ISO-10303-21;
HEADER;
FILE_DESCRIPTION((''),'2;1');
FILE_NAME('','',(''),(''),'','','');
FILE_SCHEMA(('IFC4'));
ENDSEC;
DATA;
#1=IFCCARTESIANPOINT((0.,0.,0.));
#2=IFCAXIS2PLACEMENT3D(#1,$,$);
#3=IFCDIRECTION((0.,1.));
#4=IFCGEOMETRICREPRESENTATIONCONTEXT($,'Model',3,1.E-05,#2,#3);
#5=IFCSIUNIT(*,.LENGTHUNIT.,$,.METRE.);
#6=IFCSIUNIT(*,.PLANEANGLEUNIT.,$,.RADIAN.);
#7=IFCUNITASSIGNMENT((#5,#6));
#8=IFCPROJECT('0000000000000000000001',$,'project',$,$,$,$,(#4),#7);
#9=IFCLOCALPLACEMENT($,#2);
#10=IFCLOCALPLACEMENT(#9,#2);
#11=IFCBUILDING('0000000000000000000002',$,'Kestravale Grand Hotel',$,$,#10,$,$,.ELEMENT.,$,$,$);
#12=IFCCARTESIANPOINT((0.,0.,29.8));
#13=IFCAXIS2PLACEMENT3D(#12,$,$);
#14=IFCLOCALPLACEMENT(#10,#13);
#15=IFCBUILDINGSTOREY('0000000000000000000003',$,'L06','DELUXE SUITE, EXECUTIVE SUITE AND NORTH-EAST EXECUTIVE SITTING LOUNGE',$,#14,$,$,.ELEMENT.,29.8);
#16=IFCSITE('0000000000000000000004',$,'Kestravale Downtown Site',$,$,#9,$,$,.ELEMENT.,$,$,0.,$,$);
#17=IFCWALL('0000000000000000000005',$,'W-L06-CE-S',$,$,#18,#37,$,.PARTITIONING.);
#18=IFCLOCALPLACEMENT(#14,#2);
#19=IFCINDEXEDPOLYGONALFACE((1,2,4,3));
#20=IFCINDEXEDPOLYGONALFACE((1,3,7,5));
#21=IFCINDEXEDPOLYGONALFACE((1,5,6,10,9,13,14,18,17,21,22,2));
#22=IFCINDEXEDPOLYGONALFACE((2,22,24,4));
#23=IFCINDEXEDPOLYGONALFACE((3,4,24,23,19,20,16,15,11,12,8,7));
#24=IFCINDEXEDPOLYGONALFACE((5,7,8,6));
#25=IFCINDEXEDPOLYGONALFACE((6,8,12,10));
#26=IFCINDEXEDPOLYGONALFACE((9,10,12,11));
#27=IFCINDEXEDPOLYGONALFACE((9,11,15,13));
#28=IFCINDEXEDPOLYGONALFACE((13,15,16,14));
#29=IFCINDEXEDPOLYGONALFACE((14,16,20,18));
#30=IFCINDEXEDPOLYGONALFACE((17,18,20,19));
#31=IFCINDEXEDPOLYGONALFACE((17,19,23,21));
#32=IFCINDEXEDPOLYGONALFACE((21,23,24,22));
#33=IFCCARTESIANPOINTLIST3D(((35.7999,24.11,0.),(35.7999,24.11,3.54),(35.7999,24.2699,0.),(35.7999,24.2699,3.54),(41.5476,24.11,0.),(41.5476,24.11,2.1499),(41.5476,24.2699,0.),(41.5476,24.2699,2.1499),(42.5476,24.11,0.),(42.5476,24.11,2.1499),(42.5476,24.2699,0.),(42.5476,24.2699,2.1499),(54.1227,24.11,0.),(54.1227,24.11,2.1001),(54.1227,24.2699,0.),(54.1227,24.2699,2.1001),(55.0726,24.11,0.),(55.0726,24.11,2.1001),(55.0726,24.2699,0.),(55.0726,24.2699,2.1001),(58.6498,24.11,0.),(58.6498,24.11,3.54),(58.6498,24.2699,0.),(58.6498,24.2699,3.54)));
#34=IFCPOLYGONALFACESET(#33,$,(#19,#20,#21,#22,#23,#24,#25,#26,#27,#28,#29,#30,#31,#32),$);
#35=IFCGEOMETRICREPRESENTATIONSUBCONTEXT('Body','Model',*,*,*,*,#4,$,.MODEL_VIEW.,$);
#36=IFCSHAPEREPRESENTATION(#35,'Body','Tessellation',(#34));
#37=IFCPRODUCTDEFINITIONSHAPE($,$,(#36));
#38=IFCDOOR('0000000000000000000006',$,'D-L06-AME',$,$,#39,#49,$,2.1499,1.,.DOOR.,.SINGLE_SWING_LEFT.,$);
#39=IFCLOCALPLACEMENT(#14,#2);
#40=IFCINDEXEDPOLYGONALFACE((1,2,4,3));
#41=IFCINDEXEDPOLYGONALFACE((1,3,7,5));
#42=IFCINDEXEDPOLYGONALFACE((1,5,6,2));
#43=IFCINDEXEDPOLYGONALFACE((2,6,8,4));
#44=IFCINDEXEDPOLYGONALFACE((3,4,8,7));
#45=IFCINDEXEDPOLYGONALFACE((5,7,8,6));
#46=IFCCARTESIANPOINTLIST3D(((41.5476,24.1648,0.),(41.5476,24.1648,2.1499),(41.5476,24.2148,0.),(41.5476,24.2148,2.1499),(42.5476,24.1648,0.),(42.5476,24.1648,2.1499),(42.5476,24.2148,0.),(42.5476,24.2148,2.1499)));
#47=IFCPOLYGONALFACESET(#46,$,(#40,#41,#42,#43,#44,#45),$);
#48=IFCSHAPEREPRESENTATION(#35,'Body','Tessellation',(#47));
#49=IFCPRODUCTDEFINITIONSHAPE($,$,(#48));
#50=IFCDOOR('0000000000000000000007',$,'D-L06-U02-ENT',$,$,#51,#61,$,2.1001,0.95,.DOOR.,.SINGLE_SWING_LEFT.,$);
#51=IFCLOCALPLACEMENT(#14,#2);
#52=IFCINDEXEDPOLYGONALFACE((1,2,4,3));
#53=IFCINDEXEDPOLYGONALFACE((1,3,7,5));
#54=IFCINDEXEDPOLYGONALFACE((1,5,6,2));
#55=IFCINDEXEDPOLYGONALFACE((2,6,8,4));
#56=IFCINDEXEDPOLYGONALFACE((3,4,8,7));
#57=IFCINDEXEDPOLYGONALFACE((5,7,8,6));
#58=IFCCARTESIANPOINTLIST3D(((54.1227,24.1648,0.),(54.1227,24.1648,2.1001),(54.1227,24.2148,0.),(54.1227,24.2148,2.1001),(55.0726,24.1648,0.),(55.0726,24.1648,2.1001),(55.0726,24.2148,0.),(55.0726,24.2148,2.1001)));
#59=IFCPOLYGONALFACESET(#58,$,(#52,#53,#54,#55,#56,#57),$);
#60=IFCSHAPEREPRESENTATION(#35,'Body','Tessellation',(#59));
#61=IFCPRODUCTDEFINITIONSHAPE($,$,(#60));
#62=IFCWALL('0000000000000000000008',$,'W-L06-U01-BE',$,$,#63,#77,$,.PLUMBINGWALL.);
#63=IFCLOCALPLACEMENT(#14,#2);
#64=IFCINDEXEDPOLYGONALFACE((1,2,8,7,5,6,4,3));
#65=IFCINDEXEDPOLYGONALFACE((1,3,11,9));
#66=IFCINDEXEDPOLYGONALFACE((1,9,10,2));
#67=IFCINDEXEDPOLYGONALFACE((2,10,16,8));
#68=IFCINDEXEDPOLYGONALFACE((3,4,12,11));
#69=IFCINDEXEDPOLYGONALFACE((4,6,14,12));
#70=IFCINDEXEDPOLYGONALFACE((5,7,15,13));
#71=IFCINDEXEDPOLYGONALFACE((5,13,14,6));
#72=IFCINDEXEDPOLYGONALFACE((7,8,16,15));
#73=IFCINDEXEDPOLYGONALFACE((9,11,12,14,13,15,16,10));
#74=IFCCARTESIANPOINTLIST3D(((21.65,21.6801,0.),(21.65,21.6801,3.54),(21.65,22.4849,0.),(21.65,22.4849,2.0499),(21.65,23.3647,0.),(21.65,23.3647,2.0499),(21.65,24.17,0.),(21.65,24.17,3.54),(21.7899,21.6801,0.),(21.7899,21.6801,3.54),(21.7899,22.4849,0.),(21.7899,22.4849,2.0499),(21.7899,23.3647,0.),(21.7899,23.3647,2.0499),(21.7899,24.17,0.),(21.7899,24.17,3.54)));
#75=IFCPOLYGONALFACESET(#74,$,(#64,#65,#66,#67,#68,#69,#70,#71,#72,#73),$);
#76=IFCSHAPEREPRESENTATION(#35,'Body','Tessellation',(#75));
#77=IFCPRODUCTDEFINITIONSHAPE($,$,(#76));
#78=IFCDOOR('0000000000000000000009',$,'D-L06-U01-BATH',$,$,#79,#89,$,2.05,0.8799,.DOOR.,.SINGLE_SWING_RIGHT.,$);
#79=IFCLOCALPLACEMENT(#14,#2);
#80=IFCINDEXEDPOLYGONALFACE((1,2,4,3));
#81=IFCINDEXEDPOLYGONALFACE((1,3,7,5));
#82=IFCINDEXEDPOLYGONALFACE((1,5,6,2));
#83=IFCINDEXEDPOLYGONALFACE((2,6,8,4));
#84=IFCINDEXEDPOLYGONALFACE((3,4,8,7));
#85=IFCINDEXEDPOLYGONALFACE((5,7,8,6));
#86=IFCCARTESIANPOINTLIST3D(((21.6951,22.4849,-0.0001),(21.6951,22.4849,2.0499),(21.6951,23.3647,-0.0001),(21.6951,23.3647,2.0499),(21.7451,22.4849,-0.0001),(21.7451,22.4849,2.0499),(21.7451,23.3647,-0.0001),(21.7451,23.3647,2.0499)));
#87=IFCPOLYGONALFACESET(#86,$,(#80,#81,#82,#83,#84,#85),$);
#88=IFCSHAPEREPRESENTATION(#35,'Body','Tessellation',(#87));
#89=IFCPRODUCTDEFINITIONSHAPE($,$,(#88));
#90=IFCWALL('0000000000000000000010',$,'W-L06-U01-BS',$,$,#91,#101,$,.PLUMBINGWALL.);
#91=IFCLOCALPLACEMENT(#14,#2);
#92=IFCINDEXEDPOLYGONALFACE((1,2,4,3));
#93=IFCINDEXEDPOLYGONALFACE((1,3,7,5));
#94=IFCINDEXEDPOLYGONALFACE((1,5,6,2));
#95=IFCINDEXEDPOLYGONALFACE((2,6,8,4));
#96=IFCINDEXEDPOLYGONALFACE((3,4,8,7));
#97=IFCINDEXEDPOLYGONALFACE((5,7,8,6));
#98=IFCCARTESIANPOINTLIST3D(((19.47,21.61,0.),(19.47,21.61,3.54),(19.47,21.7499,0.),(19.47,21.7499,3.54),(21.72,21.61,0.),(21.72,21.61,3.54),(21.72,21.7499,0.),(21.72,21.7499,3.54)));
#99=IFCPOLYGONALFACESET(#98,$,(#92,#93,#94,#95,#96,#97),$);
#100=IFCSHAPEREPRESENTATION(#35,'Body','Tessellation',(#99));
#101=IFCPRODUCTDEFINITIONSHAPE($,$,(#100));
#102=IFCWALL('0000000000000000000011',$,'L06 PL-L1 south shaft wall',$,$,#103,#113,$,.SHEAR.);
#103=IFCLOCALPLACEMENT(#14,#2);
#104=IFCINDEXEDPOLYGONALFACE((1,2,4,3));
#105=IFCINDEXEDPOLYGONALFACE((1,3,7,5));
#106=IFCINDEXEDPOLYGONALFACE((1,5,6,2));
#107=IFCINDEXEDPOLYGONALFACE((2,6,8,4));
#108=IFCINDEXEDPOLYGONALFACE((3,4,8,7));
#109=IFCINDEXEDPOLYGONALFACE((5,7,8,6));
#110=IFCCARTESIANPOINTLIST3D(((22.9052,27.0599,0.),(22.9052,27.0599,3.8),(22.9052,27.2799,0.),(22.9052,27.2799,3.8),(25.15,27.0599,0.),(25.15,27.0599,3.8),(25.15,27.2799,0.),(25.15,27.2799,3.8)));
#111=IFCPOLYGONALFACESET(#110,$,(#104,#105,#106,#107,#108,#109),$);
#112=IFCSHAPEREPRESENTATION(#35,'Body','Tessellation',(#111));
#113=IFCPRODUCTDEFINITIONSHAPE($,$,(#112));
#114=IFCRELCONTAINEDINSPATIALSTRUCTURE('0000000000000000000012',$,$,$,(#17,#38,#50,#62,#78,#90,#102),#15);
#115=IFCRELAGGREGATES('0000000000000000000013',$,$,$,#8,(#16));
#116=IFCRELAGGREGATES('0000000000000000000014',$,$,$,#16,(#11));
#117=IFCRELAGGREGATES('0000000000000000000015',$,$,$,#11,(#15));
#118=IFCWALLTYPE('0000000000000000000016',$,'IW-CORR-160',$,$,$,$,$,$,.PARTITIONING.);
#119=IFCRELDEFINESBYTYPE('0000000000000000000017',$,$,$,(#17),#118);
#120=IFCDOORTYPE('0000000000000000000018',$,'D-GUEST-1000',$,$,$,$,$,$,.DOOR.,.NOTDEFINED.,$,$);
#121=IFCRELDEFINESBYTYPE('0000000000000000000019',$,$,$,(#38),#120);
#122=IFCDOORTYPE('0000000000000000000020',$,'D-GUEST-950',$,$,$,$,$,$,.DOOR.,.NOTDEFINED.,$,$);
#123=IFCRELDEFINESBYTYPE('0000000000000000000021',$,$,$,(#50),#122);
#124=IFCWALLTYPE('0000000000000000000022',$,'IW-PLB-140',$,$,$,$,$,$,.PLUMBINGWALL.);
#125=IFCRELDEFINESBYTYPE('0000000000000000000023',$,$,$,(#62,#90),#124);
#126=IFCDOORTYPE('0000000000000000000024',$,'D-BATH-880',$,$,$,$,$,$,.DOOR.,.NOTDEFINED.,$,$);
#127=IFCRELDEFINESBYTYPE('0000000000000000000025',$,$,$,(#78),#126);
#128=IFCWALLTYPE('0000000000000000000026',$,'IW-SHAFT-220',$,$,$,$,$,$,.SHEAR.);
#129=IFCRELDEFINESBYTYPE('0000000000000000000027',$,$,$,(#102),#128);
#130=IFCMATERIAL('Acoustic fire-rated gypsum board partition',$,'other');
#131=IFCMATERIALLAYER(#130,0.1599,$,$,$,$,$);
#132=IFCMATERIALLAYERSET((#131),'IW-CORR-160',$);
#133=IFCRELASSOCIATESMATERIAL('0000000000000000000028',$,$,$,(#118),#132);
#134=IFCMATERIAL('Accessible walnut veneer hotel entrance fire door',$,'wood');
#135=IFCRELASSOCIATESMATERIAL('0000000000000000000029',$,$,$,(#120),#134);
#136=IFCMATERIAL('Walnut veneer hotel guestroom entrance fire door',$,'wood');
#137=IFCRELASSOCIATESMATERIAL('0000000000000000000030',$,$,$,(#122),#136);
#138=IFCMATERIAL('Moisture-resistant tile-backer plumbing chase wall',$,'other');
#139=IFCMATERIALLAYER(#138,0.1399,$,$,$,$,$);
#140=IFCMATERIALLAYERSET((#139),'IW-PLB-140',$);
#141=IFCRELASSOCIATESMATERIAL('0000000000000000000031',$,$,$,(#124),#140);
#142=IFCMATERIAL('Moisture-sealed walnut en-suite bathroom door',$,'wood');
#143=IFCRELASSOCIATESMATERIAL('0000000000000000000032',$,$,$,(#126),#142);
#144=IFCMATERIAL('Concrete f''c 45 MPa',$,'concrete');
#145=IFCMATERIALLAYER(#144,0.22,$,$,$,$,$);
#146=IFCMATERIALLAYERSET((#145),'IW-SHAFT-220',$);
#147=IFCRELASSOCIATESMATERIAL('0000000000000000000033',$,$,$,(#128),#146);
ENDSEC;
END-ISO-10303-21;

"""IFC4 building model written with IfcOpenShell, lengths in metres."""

from ifc_helpers import new_model, si_unit, direction, frame, frame_2d, origin, place, context, subcontext, project, spatial, rectangle, extrude, material, layer, layer_set, type_object, element, fill, save


model = new_model("IFC4")

# Units and contexts
model_context = context("Model", 3, precision=1e-05, world=origin(), true_north=direction((0.0, 1.0)))
body_context = subcontext(model_context, "Body", "Model", "MODEL_VIEW")
ifc_project = project(units=[si_unit("LENGTHUNIT", "METRE"), si_unit("PLANEANGLEUNIT", "RADIAN")], contexts=[model_context])

# Site, building, storey
site_placement = place(None, origin())
site = spatial("IfcSite", under=ifc_project, at=site_placement, Name="Kestravale Downtown Site", CompositionType="ELEMENT", RefElevation=0.0)
building_placement = place(site_placement, origin())
building = spatial("IfcBuilding", under=site, at=building_placement, Name="Kestravale Grand Hotel", CompositionType="ELEMENT")
storey_placement = place(building_placement, frame((0.0, 0.0, 29.8)))
storey = spatial("IfcBuildingStorey", under=building, at=storey_placement, Name="L06", Description="DELUXE SUITE, EXECUTIVE SUITE AND NORTH-EAST EXECUTIVE SITTING LOUNGE", CompositionType="ELEMENT", Elevation=29.8)

# Shared definitions
ifc_material_1 = material(Name="Acoustic fire-rated gypsum board partition", Category="other")
ifc_layer_1 = layer(ifc_material_1, 0.1599)
ifc_layer_set_1 = layer_set([ifc_layer_1], Name="IW-CORR-160")
wall_type_1 = type_object("IfcWallType", Name="IW-CORR-160", PredefinedType="PARTITIONING", material=ifc_layer_set_1)

# Wall, openings, doors
wall_1_placement = place(storey_placement, frame((35.8, 24.1899, 0.0), z_axis=(0.0, 0.0, 1.0), x_axis=(1.0, 0.0, 0.0)))
wall_1 = element("IfcWall", 1, at=wall_1_placement, inside=storey, type_object=wall_type_1, Name="W-L06-CE-S", PredefinedType="PARTITIONING", context=body_context, shape_type="SweptSolid", body=[
    extrude(rectangle(XDim=22.8499, YDim=0.1599, at=frame_2d((11.4248, 0.0))), origin(), (0.0, 0.0, 1.0), 3.54),
])
opening_1_placement = place(wall_1_placement, frame((5.7476, 0.0, 0.0)))
opening_1 = element("IfcOpeningElement", 2, at=opening_1_placement, cuts=wall_1, PredefinedType="OPENING", context=body_context, shape_type="SweptSolid", body=[
    extrude(rectangle(XDim=1.0, YDim=2.1499, at=frame_2d((0.5, 1.075))), frame((0.0, 0.0898, 0.0), z_axis=(0.0, -1.0, 0.0), x_axis=(1.0, 0.0, 0.0)), (0.0, 0.0, 1.0), 0.1799),
])
opening_2_placement = place(wall_1_placement, frame((18.3225, 0.0, 0.0)))
opening_2 = element("IfcOpeningElement", 3, at=opening_2_placement, cuts=wall_1, PredefinedType="OPENING", context=body_context, shape_type="SweptSolid", body=[
    extrude(rectangle(XDim=0.95, YDim=2.1001, at=frame_2d((0.4751, 1.05))), frame((0.0, 0.0898, 0.0), z_axis=(0.0, -1.0, 0.0), x_axis=(1.0, 0.0, 0.0)), (0.0, 0.0, 1.0), 0.1799),
])
ifc_material_2 = material(Name="Accessible walnut veneer hotel entrance fire door", Category="wood")
door_type_1 = type_object("IfcDoorType", Name="D-GUEST-1000", OperationType="NOTDEFINED", PredefinedType="DOOR", material=ifc_material_2)
door_1_placement = place(opening_1_placement, origin())
door_1 = element("IfcDoor", 4, at=door_1_placement, inside=storey, type_object=door_type_1, Name="D-L06-AME", OperationType="SINGLE_SWING_LEFT", OverallHeight=2.1499, OverallWidth=1.0, PredefinedType="DOOR", context=body_context, shape_type="SweptSolid", body=[
    extrude(rectangle(XDim=1.0, YDim=2.1499, at=frame_2d((0.5, 1.075))), frame((0.0, 0.0249, 0.0), z_axis=(0.0, -1.0, 0.0), x_axis=(1.0, 0.0, 0.0)), (0.0, 0.0, 1.0), 0.05),
])
fill(opening_1, door_1)
ifc_material_3 = material(Name="Walnut veneer hotel guestroom entrance fire door", Category="wood")
door_type_2 = type_object("IfcDoorType", Name="D-GUEST-950", OperationType="NOTDEFINED", PredefinedType="DOOR", material=ifc_material_3)
door_2_placement = place(opening_2_placement, origin())
door_2 = element("IfcDoor", 5, at=door_2_placement, inside=storey, type_object=door_type_2, Name="D-L06-U02-ENT", OperationType="SINGLE_SWING_LEFT", OverallHeight=2.1001, OverallWidth=0.95, PredefinedType="DOOR", context=body_context, shape_type="SweptSolid", body=[
    extrude(rectangle(XDim=0.95, YDim=2.1001, at=frame_2d((0.4751, 1.05))), frame((0.0, 0.0249, 0.0), z_axis=(0.0, -1.0, 0.0), x_axis=(1.0, 0.0, 0.0)), (0.0, 0.0, 1.0), 0.05),
])
fill(opening_2, door_2)

# Wall, opening, door
ifc_material_4 = material(Name="Moisture-resistant tile-backer plumbing chase wall", Category="other")
ifc_layer_2 = layer(ifc_material_4, 0.1399)
ifc_layer_set_2 = layer_set([ifc_layer_2], Name="IW-PLB-140")
wall_type_2 = type_object("IfcWallType", Name="IW-PLB-140", PredefinedType="PLUMBINGWALL", material=ifc_layer_set_2)
wall_2_placement = place(storey_placement, frame((21.72, 21.6799, 0.0), z_axis=(0.0, 0.0, 1.0), x_axis=(0.0, 1.0, 0.0)))
wall_2 = element("IfcWall", 6, at=wall_2_placement, inside=storey, type_object=wall_type_2, Name="W-L06-U01-BE", PredefinedType="PLUMBINGWALL", context=body_context, shape_type="SweptSolid", body=[
    extrude(rectangle(XDim=2.49, YDim=0.1399, at=frame_2d((1.2451, 0.0))), origin(), (0.0, 0.0, 1.0), 3.54),
])
opening_3_placement = place(wall_2_placement, frame((0.8049, 0.0, 0.0)))
opening_3 = element("IfcOpeningElement", 7, at=opening_3_placement, cuts=wall_2, PredefinedType="OPENING", context=body_context, shape_type="SweptSolid", body=[
    extrude(rectangle(XDim=0.8799, YDim=2.05, at=frame_2d((0.4399, 1.0249))), frame((0.0, 0.0798, 0.0), z_axis=(0.0, -1.0, 0.0), x_axis=(1.0, 0.0, 0.0)), (0.0, 0.0, 1.0), 0.1599),
])
ifc_material_5 = material(Name="Moisture-sealed walnut en-suite bathroom door", Category="wood")
door_type_3 = type_object("IfcDoorType", Name="D-BATH-880", OperationType="NOTDEFINED", PredefinedType="DOOR", material=ifc_material_5)
door_3_placement = place(opening_3_placement, origin())
door_3 = element("IfcDoor", 8, at=door_3_placement, inside=storey, type_object=door_type_3, Name="D-L06-U01-BATH", OperationType="SINGLE_SWING_RIGHT", OverallHeight=2.05, OverallWidth=0.8799, PredefinedType="DOOR", context=body_context, shape_type="SweptSolid", body=[
    extrude(rectangle(XDim=0.8799, YDim=2.05, at=frame_2d((0.4399, 1.0249))), frame((0.0, 0.0249, 0.0), z_axis=(0.0, -1.0, 0.0), x_axis=(1.0, 0.0, 0.0)), (0.0, 0.0, 1.0), 0.05),
])
fill(opening_3, door_3)

# Walls
wall_3_placement = place(storey_placement, frame((19.47, 21.6799, 0.0), z_axis=(0.0, 0.0, 1.0), x_axis=(1.0, 0.0, 0.0)))
element("IfcWall", 9, at=wall_3_placement, inside=storey, type_object=wall_type_2, Name="W-L06-U01-BS", PredefinedType="PLUMBINGWALL", context=body_context, shape_type="SweptSolid", body=[
    extrude(rectangle(XDim=2.25, YDim=0.1399, at=frame_2d((1.125, 0.0))), origin(), (0.0, 0.0, 1.0), 3.54),
])
ifc_material_6 = material(Name="Concrete f'c 45 MPa", Category="concrete")
ifc_layer_3 = layer(ifc_material_6, 0.22)
ifc_layer_set_3 = layer_set([ifc_layer_3], Name="IW-SHAFT-220")
wall_type_3 = type_object("IfcWallType", Name="IW-SHAFT-220", PredefinedType="SHEAR", material=ifc_layer_set_3)
wall_4_placement = place(storey_placement, frame((22.905, 27.1699, 0.0), z_axis=(0.0, 0.0, 1.0), x_axis=(1.0, 0.0, 0.0)))
element("IfcWall", 10, at=wall_4_placement, inside=storey, type_object=wall_type_3, Name="L06 PL-L1 south shaft wall", PredefinedType="SHEAR", context=body_context, shape_type="SweptSolid", body=[
    extrude(rectangle(XDim=2.2449, YDim=0.22, at=frame_2d((1.1226, 0.0))), origin(), (0.0, 0.0, 1.0), 3.8),
])

save(model, "model.ifc")
